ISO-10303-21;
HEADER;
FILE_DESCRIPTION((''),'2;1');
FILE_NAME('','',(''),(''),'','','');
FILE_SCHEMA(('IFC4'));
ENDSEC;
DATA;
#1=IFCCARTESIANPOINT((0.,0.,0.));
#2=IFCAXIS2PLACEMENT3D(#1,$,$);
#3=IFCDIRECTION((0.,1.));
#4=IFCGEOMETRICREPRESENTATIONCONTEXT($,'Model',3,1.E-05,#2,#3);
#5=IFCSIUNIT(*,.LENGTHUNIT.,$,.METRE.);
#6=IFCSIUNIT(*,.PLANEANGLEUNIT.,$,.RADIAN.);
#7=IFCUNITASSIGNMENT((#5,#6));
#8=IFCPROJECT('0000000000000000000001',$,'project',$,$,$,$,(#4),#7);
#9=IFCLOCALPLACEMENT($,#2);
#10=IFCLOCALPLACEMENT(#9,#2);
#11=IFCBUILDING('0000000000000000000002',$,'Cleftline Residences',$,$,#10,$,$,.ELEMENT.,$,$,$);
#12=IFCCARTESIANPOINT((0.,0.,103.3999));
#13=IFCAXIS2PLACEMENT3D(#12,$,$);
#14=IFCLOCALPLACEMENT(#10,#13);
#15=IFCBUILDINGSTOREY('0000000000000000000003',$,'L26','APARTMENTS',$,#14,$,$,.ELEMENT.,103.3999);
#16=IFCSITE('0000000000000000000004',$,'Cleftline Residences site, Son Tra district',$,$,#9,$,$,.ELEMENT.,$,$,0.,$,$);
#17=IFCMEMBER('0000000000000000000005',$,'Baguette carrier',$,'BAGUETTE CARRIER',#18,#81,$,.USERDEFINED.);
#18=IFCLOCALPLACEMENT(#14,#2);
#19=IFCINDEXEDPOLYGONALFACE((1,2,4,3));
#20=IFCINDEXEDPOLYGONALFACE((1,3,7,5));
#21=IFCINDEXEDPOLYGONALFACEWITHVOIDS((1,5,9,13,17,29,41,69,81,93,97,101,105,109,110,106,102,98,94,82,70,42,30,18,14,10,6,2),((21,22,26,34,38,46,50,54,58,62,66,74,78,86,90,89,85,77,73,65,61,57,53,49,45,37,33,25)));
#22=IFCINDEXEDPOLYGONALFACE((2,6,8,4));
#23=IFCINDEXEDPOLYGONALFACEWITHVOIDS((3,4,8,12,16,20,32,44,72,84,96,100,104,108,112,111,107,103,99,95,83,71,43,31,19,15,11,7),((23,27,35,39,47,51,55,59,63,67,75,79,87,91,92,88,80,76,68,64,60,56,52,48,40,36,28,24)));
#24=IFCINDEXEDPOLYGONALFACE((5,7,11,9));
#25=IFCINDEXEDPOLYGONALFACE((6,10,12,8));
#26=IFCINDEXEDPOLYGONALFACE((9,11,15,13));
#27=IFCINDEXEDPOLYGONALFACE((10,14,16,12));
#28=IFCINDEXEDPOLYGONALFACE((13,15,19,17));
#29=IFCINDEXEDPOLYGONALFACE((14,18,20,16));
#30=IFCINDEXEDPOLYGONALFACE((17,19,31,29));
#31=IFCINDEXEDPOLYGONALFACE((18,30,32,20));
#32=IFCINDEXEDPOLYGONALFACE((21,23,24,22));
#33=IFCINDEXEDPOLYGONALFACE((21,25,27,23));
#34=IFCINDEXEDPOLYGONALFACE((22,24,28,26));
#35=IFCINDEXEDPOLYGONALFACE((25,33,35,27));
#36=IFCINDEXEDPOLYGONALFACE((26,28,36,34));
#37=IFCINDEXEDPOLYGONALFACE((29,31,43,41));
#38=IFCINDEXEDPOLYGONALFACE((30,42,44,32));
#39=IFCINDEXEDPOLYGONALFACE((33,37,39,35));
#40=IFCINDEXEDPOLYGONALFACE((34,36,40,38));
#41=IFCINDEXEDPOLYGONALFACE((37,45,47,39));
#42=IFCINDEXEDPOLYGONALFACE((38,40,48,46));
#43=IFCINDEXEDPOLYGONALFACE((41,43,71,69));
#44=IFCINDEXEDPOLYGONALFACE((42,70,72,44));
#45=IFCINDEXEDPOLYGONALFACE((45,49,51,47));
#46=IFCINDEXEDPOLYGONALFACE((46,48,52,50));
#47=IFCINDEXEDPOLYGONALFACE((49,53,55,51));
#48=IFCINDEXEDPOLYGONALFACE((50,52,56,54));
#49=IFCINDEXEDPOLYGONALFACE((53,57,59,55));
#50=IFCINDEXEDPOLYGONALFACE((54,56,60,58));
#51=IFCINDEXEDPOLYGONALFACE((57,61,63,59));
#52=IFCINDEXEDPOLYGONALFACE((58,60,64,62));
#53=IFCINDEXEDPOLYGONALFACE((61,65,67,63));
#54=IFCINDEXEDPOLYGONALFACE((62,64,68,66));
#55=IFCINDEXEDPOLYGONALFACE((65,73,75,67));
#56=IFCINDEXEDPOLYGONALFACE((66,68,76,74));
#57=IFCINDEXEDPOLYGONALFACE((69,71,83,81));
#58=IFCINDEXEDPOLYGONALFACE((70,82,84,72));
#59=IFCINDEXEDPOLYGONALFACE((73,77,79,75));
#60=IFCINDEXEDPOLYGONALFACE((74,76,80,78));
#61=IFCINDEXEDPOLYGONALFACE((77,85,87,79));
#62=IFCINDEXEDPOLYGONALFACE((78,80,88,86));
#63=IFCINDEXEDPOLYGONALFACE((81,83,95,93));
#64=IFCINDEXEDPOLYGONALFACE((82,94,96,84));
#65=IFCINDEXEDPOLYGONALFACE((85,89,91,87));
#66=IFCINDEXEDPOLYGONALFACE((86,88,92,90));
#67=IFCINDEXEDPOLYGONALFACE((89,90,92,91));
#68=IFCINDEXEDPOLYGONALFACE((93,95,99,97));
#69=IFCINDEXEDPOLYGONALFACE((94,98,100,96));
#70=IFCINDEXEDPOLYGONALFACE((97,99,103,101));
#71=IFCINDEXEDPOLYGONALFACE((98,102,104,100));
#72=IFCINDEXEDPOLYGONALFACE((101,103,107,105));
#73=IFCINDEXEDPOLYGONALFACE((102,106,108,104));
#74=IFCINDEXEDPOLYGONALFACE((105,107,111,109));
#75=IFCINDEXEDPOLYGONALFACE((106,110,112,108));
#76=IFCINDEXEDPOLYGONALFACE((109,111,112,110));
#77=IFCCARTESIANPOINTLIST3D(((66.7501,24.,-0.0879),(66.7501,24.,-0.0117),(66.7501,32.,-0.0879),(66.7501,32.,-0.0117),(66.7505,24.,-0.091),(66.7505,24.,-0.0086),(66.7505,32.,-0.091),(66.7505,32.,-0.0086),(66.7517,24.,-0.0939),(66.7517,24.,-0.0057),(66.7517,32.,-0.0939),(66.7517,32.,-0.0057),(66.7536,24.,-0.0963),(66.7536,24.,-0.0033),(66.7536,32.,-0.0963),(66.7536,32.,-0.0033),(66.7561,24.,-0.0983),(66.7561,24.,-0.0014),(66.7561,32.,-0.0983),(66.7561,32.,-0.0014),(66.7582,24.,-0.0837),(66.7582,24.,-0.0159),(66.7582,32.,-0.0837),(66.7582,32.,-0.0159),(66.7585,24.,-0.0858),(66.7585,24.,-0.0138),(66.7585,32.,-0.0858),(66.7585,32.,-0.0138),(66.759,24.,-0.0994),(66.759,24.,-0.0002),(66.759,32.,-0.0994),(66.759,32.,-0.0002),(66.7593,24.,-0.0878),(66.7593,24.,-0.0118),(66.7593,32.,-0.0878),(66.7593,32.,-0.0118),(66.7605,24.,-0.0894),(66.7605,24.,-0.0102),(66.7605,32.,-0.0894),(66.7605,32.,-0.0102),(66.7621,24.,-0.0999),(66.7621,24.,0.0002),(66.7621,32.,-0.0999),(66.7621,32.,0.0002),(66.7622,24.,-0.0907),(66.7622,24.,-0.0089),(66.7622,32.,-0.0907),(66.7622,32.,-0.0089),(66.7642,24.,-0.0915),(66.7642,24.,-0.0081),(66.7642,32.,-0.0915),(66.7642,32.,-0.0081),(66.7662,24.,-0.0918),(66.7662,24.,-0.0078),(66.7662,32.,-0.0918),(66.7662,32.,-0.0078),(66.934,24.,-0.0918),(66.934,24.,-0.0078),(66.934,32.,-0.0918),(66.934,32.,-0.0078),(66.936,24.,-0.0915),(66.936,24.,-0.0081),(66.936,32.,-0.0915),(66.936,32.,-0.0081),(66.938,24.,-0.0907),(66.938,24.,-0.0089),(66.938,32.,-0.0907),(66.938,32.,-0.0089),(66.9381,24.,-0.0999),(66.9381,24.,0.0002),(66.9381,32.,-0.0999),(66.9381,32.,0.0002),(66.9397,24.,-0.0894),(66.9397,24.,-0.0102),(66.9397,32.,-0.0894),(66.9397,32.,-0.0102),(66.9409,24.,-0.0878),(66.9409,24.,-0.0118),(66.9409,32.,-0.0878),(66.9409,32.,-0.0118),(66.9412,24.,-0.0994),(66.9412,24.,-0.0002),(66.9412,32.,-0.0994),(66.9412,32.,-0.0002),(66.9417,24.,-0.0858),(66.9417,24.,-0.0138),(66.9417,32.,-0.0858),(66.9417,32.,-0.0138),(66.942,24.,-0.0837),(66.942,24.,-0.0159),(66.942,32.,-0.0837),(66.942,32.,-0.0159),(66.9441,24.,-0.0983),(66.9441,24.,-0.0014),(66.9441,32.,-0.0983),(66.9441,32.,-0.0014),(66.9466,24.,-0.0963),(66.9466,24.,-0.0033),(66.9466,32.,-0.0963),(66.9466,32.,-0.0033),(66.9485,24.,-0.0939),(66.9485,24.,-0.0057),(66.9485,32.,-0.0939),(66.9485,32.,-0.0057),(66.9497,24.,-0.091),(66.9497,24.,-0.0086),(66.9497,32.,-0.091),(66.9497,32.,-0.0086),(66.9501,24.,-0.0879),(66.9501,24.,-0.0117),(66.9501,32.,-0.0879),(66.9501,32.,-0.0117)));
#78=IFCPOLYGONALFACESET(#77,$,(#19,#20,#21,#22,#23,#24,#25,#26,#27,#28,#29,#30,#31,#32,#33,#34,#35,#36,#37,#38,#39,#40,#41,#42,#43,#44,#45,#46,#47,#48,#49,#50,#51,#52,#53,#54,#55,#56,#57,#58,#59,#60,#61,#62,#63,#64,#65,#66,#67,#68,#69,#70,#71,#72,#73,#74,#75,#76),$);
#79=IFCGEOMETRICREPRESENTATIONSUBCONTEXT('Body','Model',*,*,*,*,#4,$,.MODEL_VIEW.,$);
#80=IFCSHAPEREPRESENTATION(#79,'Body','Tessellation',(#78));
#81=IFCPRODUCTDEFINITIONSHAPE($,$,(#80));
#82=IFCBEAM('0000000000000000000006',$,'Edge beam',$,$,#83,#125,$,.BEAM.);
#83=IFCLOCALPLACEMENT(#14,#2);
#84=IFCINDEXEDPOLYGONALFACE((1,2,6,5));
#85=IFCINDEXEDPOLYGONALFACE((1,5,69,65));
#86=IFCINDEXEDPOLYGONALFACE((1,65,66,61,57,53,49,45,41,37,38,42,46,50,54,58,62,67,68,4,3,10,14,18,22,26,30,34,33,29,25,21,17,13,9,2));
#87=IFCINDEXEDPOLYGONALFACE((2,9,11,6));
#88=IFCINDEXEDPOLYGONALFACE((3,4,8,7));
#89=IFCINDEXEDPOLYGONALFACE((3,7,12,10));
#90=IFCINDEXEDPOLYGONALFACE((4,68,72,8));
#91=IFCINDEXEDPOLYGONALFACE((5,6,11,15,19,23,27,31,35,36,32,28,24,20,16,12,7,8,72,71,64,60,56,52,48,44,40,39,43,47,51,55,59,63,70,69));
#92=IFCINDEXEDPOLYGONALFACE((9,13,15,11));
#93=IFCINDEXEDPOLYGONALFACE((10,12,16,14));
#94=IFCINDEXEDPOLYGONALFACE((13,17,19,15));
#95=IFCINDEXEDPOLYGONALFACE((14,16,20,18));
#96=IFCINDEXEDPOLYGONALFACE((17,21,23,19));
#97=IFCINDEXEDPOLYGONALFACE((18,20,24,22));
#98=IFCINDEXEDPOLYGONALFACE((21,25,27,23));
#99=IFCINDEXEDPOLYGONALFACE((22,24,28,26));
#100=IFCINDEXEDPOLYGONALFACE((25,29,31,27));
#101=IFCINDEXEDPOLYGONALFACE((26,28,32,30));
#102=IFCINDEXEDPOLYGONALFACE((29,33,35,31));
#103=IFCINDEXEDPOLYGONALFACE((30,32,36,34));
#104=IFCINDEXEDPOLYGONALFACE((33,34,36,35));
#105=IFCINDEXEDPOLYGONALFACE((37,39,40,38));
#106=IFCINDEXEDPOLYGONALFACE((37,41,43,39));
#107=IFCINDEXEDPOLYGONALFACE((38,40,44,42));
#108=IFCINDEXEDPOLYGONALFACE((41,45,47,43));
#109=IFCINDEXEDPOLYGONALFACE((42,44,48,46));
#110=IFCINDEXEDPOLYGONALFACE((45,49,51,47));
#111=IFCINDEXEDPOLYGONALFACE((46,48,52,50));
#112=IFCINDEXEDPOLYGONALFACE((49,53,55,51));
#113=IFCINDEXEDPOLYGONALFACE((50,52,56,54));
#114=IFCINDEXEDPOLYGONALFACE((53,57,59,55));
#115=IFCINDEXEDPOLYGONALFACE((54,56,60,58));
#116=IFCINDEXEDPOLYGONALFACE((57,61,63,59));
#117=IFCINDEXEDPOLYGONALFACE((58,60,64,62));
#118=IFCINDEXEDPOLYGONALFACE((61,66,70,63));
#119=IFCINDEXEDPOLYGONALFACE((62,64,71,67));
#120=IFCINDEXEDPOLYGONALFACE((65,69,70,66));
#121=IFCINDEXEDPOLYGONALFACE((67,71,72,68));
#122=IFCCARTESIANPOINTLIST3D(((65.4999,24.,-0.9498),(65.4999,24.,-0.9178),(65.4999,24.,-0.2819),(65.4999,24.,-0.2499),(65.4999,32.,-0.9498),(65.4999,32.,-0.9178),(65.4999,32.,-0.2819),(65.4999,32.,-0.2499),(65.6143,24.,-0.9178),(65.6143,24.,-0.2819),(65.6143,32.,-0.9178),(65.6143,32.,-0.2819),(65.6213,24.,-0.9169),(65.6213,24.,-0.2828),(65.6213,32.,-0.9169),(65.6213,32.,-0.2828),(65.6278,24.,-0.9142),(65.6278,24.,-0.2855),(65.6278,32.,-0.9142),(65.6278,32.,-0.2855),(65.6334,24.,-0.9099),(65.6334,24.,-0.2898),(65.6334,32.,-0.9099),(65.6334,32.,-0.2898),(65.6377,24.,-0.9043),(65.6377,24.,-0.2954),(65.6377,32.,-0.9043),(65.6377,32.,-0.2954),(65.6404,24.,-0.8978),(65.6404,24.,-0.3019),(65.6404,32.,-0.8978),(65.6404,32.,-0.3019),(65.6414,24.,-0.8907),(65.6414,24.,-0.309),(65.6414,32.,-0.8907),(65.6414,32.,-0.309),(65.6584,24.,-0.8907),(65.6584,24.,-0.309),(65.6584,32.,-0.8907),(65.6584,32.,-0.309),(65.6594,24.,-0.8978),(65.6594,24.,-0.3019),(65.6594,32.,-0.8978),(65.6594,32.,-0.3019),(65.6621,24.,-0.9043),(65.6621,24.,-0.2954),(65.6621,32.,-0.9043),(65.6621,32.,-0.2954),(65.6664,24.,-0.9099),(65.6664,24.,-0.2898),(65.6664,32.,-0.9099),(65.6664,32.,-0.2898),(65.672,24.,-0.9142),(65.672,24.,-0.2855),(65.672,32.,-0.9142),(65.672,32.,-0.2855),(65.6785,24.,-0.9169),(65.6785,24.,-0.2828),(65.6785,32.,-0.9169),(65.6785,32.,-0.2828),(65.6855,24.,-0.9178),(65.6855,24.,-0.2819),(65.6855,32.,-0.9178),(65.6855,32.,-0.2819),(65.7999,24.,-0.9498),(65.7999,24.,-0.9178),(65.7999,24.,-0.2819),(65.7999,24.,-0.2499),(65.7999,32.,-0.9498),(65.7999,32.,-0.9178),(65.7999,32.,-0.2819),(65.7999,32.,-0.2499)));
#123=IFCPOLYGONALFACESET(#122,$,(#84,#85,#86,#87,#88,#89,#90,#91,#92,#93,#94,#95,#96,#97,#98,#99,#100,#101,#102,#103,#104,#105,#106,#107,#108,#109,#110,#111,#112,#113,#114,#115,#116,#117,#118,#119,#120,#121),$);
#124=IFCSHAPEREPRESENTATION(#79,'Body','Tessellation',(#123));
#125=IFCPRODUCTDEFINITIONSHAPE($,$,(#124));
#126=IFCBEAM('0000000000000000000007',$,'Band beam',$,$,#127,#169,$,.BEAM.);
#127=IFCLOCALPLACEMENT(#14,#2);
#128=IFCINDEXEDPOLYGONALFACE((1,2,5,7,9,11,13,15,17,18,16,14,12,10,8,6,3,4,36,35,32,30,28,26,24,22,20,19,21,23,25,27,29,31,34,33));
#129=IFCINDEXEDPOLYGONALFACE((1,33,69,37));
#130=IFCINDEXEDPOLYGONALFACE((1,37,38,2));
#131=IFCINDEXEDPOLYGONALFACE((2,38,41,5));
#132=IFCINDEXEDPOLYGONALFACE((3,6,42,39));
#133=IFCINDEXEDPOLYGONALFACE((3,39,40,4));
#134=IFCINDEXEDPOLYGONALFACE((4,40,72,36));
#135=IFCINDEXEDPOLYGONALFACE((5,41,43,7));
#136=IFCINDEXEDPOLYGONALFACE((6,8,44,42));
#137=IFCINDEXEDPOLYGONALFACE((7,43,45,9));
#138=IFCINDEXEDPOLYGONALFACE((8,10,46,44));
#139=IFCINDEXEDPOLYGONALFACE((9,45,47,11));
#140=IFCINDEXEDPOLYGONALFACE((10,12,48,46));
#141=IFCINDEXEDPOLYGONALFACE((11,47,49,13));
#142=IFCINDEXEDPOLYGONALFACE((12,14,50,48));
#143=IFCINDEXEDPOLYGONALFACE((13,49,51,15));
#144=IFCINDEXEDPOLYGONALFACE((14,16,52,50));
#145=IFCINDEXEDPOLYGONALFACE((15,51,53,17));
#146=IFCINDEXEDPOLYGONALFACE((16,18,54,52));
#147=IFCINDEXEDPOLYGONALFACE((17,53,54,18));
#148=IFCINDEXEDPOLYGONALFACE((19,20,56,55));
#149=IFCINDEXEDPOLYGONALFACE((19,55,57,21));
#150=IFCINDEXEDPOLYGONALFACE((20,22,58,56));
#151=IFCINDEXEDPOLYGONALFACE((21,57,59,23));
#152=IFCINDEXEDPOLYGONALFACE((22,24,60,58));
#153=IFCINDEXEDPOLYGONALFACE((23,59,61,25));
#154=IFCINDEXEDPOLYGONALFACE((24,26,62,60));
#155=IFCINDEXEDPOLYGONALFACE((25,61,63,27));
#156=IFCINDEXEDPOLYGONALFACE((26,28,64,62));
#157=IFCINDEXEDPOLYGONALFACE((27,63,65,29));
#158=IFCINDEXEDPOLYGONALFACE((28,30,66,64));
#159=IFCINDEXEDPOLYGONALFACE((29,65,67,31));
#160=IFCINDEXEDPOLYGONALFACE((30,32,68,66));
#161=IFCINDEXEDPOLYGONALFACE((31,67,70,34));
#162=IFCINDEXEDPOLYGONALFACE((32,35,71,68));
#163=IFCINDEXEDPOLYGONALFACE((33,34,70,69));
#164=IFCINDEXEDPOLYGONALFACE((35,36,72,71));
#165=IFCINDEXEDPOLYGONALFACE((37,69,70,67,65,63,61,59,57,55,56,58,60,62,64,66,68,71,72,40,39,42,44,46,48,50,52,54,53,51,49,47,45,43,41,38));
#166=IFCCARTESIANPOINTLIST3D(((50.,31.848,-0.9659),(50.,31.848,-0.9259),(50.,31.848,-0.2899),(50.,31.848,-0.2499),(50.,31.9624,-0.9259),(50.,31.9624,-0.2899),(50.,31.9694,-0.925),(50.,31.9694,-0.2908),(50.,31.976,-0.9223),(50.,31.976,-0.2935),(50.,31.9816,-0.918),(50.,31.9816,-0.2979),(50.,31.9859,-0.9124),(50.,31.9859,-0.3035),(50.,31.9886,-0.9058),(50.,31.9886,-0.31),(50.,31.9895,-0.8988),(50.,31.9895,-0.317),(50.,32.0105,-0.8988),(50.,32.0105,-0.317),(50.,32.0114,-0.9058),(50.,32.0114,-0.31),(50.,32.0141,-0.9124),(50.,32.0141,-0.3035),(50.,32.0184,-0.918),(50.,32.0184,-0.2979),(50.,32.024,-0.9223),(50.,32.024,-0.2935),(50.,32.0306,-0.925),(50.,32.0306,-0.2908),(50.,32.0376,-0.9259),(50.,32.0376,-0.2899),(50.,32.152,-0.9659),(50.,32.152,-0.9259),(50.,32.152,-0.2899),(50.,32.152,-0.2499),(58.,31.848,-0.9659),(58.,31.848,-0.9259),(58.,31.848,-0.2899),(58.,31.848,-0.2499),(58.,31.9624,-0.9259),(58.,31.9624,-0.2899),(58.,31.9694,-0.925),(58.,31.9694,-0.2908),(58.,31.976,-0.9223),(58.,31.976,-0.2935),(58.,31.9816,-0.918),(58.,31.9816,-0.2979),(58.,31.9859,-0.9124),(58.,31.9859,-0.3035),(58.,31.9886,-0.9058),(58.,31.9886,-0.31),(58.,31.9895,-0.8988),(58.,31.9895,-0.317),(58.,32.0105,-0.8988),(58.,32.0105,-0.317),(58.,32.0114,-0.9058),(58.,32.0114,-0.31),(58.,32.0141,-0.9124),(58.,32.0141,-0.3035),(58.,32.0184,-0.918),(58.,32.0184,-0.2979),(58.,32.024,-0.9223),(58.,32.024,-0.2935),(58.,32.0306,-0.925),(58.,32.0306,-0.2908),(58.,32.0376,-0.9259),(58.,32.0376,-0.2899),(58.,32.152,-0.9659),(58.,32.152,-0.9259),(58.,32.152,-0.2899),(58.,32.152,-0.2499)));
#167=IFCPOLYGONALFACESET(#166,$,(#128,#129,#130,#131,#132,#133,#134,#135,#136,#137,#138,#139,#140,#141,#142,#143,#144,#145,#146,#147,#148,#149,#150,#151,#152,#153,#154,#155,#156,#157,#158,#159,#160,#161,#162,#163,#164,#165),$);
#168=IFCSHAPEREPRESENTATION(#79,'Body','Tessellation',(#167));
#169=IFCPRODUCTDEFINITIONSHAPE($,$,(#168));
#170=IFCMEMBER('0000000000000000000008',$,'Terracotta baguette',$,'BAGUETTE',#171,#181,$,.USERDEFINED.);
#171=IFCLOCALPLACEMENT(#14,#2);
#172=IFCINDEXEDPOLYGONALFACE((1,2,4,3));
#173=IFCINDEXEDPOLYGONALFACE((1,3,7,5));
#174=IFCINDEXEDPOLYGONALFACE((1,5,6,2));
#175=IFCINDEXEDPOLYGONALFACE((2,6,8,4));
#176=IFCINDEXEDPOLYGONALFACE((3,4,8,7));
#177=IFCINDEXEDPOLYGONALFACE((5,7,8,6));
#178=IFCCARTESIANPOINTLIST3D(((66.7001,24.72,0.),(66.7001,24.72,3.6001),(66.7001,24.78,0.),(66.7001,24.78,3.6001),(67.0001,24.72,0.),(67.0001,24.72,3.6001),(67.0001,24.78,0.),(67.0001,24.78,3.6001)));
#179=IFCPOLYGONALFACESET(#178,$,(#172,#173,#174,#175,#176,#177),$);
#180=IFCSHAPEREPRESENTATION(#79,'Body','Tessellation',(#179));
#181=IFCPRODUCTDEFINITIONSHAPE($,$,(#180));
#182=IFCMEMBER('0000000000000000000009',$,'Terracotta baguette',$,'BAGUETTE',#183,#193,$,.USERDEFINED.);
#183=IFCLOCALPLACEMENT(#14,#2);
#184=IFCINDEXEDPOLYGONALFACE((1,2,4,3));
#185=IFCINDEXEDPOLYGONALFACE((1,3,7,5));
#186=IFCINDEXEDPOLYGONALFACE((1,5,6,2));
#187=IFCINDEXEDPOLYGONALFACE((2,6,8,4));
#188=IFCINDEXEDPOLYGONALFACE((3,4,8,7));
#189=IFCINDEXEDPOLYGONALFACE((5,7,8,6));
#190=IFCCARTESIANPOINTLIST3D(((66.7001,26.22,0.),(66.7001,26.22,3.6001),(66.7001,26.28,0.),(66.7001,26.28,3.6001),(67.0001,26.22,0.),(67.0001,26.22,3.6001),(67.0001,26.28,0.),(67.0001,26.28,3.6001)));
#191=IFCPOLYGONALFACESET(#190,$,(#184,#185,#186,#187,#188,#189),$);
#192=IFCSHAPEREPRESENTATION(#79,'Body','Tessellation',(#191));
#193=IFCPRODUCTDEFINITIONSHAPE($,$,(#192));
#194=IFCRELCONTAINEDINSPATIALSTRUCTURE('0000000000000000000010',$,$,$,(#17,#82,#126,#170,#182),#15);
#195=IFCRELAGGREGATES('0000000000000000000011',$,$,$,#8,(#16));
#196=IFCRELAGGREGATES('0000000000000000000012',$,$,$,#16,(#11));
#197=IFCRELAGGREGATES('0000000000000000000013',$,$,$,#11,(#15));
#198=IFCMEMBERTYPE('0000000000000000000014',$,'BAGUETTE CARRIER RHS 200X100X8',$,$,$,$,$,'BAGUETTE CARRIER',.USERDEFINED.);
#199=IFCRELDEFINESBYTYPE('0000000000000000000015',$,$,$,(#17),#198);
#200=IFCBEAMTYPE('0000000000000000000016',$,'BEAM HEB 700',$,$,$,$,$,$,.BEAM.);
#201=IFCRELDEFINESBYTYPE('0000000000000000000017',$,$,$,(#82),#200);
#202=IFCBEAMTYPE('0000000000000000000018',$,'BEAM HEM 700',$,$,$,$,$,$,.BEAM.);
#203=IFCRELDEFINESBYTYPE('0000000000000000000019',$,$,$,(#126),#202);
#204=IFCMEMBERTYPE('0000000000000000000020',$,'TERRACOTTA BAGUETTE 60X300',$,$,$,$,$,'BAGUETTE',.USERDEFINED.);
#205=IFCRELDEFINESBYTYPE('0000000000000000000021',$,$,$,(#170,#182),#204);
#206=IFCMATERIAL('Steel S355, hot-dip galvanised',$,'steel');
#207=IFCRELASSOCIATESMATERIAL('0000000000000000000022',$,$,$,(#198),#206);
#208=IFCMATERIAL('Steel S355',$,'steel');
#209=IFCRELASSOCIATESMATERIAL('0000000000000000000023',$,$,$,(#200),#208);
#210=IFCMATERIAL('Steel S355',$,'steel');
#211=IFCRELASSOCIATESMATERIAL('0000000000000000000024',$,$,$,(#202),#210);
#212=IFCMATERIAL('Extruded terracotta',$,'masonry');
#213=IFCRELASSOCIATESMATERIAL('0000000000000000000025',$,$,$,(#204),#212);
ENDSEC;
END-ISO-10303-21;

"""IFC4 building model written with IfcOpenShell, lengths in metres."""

from ifc_helpers import new_model, si_unit, direction, frame, origin, origin_2d, place, context, subcontext, project, spatial, rectangle, hollow_rectangle, i_section, extrude, material, material_profile, profile_set, type_object, element, save


model = new_model("IFC4")

# Units and contexts
model_context = context("Model", 3, precision=1e-05, world=origin(), true_north=direction((0.0, 1.0)))
body_context = subcontext(model_context, "Body", "Model", "MODEL_VIEW")
ifc_project = project(units=[si_unit("LENGTHUNIT", "METRE"), si_unit("PLANEANGLEUNIT", "RADIAN")], contexts=[model_context])

# Site, building, storey
site_placement = place(None, origin())
site = spatial("IfcSite", under=ifc_project, at=site_placement, Name="Cleftline Residences site, Son Tra district", CompositionType="ELEMENT", RefElevation=0.0)
building_placement = place(site_placement, origin())
building = spatial("IfcBuilding", under=site, at=building_placement, Name="Cleftline Residences", CompositionType="ELEMENT")
storey_placement = place(building_placement, frame((0.0, 0.0, 103.3999)))
storey = spatial("IfcBuildingStorey", under=building, at=storey_placement, Name="L26", Description="APARTMENTS", CompositionType="ELEMENT", Elevation=103.3999)

# Member
ifc_material_1 = material(Name="Steel S355, hot-dip galvanised", Category="steel")
ifc_material_profile_1 = material_profile(ifc_material_1, hollow_rectangle(XDim=0.1001, YDim=0.2, WallThickness=0.0081, InnerFilletRadius=0.0081, OuterFilletRadius=0.012, at=origin_2d()))
ifc_profile_set_1 = profile_set([ifc_material_profile_1], Name="Steel S355, hot-dip galvanised")
member_type_1 = type_object("IfcMemberType", Name="BAGUETTE CARRIER RHS 200X100X8", ElementType="BAGUETTE CARRIER", PredefinedType="USERDEFINED", material=ifc_profile_set_1)
member_1_placement = place(storey_placement, frame((66.8501, 24.0, -0.0498), z_axis=(0.0, 1.0, 0.0), x_axis=(0.0, 0.0, 1.0)))
element("IfcMember", 1, at=member_1_placement, inside=storey, type_object=member_type_1, Name="Baguette carrier", ObjectType="BAGUETTE CARRIER", PredefinedType="USERDEFINED", context=body_context, shape_type="SweptSolid", body=[
    extrude(hollow_rectangle(XDim=0.1001, YDim=0.2, WallThickness=0.0081, InnerFilletRadius=0.0081, OuterFilletRadius=0.012, at=origin_2d()), origin(), (0.0, 0.0, 1.0), 8.0),
])

# Beams
ifc_material_2 = material(Name="Steel S355", Category="steel")
ifc_material_profile_2 = material_profile(ifc_material_2, i_section(OverallWidth=0.3, OverallDepth=0.7, WebThickness=0.0171, FlangeThickness=0.032, FilletRadius=0.0271, at=origin_2d()))
ifc_profile_set_2 = profile_set([ifc_material_profile_2], Name="Steel S355")
beam_type_1 = type_object("IfcBeamType", Name="BEAM HEB 700", PredefinedType="BEAM", material=ifc_profile_set_2)
beam_1_placement = place(storey_placement, frame((65.6499, 24.0, -0.5999), z_axis=(0.0, 1.0, 0.0), x_axis=(-1.0, 0.0, 0.0)))
element("IfcBeam", 2, at=beam_1_placement, inside=storey, type_object=beam_type_1, Name="Edge beam", PredefinedType="BEAM", context=body_context, shape_type="SweptSolid", body=[
    extrude(i_section(OverallWidth=0.3, OverallDepth=0.7, WebThickness=0.0171, FlangeThickness=0.032, FilletRadius=0.0271, at=origin_2d()), origin(), (0.0, 0.0, 1.0), 8.0),
])
ifc_material_3 = material(Name="Steel S355", Category="steel")
ifc_material_profile_3 = material_profile(ifc_material_3, i_section(OverallWidth=0.304, OverallDepth=0.7161, WebThickness=0.021, FlangeThickness=0.04, FilletRadius=0.0271, at=origin_2d()))
ifc_profile_set_3 = profile_set([ifc_material_profile_3], Name="Steel S355")
beam_type_2 = type_object("IfcBeamType", Name="BEAM HEM 700", PredefinedType="BEAM", material=ifc_profile_set_3)
beam_2_placement = place(storey_placement, frame((58.0, 32.0, -0.6079), z_axis=(-1.0, 0.0, 0.0), x_axis=(0.0, -1.0, 0.0)))
element("IfcBeam", 3, at=beam_2_placement, inside=storey, type_object=beam_type_2, Name="Band beam", PredefinedType="BEAM", context=body_context, shape_type="SweptSolid", body=[
    extrude(i_section(OverallWidth=0.304, OverallDepth=0.7161, WebThickness=0.021, FlangeThickness=0.04, FilletRadius=0.0271, at=origin_2d()), origin(), (0.0, 0.0, 1.0), 8.0),
])

# Members
ifc_material_4 = material(Name="Extruded terracotta", Category="masonry")
ifc_material_profile_4 = material_profile(ifc_material_4, rectangle(XDim=0.0601, YDim=0.3, at=origin_2d()))
ifc_profile_set_4 = profile_set([ifc_material_profile_4], Name="Extruded terracotta")
member_type_2 = type_object("IfcMemberType", Name="TERRACOTTA BAGUETTE 60X300", ElementType="BAGUETTE", PredefinedType="USERDEFINED", material=ifc_profile_set_4)
for number, where, z_axis, x_axis, name in (
    (4, (66.8501, 24.75, 0.0), (0.0, 0.0, 1.0), (0.0, 1.0, 0.0), "Terracotta baguette"),
    (5, (66.8501, 26.25, 0.0), (0.0, 0.0, 1.0), (0.0, 1.0, 0.0), "Terracotta baguette"),
):
    element("IfcMember", number, at=place(storey_placement, frame(where, z_axis=z_axis, x_axis=x_axis)), inside=storey, type_object=member_type_2, Name=name, ObjectType="BAGUETTE", PredefinedType="USERDEFINED", context=body_context, shape_type="SweptSolid", body=[
        extrude(rectangle(XDim=0.0601, YDim=0.3, at=origin_2d()), origin(), (0.0, 0.0, 1.0), 3.6001),
    ])

save(model, "model.ifc")
